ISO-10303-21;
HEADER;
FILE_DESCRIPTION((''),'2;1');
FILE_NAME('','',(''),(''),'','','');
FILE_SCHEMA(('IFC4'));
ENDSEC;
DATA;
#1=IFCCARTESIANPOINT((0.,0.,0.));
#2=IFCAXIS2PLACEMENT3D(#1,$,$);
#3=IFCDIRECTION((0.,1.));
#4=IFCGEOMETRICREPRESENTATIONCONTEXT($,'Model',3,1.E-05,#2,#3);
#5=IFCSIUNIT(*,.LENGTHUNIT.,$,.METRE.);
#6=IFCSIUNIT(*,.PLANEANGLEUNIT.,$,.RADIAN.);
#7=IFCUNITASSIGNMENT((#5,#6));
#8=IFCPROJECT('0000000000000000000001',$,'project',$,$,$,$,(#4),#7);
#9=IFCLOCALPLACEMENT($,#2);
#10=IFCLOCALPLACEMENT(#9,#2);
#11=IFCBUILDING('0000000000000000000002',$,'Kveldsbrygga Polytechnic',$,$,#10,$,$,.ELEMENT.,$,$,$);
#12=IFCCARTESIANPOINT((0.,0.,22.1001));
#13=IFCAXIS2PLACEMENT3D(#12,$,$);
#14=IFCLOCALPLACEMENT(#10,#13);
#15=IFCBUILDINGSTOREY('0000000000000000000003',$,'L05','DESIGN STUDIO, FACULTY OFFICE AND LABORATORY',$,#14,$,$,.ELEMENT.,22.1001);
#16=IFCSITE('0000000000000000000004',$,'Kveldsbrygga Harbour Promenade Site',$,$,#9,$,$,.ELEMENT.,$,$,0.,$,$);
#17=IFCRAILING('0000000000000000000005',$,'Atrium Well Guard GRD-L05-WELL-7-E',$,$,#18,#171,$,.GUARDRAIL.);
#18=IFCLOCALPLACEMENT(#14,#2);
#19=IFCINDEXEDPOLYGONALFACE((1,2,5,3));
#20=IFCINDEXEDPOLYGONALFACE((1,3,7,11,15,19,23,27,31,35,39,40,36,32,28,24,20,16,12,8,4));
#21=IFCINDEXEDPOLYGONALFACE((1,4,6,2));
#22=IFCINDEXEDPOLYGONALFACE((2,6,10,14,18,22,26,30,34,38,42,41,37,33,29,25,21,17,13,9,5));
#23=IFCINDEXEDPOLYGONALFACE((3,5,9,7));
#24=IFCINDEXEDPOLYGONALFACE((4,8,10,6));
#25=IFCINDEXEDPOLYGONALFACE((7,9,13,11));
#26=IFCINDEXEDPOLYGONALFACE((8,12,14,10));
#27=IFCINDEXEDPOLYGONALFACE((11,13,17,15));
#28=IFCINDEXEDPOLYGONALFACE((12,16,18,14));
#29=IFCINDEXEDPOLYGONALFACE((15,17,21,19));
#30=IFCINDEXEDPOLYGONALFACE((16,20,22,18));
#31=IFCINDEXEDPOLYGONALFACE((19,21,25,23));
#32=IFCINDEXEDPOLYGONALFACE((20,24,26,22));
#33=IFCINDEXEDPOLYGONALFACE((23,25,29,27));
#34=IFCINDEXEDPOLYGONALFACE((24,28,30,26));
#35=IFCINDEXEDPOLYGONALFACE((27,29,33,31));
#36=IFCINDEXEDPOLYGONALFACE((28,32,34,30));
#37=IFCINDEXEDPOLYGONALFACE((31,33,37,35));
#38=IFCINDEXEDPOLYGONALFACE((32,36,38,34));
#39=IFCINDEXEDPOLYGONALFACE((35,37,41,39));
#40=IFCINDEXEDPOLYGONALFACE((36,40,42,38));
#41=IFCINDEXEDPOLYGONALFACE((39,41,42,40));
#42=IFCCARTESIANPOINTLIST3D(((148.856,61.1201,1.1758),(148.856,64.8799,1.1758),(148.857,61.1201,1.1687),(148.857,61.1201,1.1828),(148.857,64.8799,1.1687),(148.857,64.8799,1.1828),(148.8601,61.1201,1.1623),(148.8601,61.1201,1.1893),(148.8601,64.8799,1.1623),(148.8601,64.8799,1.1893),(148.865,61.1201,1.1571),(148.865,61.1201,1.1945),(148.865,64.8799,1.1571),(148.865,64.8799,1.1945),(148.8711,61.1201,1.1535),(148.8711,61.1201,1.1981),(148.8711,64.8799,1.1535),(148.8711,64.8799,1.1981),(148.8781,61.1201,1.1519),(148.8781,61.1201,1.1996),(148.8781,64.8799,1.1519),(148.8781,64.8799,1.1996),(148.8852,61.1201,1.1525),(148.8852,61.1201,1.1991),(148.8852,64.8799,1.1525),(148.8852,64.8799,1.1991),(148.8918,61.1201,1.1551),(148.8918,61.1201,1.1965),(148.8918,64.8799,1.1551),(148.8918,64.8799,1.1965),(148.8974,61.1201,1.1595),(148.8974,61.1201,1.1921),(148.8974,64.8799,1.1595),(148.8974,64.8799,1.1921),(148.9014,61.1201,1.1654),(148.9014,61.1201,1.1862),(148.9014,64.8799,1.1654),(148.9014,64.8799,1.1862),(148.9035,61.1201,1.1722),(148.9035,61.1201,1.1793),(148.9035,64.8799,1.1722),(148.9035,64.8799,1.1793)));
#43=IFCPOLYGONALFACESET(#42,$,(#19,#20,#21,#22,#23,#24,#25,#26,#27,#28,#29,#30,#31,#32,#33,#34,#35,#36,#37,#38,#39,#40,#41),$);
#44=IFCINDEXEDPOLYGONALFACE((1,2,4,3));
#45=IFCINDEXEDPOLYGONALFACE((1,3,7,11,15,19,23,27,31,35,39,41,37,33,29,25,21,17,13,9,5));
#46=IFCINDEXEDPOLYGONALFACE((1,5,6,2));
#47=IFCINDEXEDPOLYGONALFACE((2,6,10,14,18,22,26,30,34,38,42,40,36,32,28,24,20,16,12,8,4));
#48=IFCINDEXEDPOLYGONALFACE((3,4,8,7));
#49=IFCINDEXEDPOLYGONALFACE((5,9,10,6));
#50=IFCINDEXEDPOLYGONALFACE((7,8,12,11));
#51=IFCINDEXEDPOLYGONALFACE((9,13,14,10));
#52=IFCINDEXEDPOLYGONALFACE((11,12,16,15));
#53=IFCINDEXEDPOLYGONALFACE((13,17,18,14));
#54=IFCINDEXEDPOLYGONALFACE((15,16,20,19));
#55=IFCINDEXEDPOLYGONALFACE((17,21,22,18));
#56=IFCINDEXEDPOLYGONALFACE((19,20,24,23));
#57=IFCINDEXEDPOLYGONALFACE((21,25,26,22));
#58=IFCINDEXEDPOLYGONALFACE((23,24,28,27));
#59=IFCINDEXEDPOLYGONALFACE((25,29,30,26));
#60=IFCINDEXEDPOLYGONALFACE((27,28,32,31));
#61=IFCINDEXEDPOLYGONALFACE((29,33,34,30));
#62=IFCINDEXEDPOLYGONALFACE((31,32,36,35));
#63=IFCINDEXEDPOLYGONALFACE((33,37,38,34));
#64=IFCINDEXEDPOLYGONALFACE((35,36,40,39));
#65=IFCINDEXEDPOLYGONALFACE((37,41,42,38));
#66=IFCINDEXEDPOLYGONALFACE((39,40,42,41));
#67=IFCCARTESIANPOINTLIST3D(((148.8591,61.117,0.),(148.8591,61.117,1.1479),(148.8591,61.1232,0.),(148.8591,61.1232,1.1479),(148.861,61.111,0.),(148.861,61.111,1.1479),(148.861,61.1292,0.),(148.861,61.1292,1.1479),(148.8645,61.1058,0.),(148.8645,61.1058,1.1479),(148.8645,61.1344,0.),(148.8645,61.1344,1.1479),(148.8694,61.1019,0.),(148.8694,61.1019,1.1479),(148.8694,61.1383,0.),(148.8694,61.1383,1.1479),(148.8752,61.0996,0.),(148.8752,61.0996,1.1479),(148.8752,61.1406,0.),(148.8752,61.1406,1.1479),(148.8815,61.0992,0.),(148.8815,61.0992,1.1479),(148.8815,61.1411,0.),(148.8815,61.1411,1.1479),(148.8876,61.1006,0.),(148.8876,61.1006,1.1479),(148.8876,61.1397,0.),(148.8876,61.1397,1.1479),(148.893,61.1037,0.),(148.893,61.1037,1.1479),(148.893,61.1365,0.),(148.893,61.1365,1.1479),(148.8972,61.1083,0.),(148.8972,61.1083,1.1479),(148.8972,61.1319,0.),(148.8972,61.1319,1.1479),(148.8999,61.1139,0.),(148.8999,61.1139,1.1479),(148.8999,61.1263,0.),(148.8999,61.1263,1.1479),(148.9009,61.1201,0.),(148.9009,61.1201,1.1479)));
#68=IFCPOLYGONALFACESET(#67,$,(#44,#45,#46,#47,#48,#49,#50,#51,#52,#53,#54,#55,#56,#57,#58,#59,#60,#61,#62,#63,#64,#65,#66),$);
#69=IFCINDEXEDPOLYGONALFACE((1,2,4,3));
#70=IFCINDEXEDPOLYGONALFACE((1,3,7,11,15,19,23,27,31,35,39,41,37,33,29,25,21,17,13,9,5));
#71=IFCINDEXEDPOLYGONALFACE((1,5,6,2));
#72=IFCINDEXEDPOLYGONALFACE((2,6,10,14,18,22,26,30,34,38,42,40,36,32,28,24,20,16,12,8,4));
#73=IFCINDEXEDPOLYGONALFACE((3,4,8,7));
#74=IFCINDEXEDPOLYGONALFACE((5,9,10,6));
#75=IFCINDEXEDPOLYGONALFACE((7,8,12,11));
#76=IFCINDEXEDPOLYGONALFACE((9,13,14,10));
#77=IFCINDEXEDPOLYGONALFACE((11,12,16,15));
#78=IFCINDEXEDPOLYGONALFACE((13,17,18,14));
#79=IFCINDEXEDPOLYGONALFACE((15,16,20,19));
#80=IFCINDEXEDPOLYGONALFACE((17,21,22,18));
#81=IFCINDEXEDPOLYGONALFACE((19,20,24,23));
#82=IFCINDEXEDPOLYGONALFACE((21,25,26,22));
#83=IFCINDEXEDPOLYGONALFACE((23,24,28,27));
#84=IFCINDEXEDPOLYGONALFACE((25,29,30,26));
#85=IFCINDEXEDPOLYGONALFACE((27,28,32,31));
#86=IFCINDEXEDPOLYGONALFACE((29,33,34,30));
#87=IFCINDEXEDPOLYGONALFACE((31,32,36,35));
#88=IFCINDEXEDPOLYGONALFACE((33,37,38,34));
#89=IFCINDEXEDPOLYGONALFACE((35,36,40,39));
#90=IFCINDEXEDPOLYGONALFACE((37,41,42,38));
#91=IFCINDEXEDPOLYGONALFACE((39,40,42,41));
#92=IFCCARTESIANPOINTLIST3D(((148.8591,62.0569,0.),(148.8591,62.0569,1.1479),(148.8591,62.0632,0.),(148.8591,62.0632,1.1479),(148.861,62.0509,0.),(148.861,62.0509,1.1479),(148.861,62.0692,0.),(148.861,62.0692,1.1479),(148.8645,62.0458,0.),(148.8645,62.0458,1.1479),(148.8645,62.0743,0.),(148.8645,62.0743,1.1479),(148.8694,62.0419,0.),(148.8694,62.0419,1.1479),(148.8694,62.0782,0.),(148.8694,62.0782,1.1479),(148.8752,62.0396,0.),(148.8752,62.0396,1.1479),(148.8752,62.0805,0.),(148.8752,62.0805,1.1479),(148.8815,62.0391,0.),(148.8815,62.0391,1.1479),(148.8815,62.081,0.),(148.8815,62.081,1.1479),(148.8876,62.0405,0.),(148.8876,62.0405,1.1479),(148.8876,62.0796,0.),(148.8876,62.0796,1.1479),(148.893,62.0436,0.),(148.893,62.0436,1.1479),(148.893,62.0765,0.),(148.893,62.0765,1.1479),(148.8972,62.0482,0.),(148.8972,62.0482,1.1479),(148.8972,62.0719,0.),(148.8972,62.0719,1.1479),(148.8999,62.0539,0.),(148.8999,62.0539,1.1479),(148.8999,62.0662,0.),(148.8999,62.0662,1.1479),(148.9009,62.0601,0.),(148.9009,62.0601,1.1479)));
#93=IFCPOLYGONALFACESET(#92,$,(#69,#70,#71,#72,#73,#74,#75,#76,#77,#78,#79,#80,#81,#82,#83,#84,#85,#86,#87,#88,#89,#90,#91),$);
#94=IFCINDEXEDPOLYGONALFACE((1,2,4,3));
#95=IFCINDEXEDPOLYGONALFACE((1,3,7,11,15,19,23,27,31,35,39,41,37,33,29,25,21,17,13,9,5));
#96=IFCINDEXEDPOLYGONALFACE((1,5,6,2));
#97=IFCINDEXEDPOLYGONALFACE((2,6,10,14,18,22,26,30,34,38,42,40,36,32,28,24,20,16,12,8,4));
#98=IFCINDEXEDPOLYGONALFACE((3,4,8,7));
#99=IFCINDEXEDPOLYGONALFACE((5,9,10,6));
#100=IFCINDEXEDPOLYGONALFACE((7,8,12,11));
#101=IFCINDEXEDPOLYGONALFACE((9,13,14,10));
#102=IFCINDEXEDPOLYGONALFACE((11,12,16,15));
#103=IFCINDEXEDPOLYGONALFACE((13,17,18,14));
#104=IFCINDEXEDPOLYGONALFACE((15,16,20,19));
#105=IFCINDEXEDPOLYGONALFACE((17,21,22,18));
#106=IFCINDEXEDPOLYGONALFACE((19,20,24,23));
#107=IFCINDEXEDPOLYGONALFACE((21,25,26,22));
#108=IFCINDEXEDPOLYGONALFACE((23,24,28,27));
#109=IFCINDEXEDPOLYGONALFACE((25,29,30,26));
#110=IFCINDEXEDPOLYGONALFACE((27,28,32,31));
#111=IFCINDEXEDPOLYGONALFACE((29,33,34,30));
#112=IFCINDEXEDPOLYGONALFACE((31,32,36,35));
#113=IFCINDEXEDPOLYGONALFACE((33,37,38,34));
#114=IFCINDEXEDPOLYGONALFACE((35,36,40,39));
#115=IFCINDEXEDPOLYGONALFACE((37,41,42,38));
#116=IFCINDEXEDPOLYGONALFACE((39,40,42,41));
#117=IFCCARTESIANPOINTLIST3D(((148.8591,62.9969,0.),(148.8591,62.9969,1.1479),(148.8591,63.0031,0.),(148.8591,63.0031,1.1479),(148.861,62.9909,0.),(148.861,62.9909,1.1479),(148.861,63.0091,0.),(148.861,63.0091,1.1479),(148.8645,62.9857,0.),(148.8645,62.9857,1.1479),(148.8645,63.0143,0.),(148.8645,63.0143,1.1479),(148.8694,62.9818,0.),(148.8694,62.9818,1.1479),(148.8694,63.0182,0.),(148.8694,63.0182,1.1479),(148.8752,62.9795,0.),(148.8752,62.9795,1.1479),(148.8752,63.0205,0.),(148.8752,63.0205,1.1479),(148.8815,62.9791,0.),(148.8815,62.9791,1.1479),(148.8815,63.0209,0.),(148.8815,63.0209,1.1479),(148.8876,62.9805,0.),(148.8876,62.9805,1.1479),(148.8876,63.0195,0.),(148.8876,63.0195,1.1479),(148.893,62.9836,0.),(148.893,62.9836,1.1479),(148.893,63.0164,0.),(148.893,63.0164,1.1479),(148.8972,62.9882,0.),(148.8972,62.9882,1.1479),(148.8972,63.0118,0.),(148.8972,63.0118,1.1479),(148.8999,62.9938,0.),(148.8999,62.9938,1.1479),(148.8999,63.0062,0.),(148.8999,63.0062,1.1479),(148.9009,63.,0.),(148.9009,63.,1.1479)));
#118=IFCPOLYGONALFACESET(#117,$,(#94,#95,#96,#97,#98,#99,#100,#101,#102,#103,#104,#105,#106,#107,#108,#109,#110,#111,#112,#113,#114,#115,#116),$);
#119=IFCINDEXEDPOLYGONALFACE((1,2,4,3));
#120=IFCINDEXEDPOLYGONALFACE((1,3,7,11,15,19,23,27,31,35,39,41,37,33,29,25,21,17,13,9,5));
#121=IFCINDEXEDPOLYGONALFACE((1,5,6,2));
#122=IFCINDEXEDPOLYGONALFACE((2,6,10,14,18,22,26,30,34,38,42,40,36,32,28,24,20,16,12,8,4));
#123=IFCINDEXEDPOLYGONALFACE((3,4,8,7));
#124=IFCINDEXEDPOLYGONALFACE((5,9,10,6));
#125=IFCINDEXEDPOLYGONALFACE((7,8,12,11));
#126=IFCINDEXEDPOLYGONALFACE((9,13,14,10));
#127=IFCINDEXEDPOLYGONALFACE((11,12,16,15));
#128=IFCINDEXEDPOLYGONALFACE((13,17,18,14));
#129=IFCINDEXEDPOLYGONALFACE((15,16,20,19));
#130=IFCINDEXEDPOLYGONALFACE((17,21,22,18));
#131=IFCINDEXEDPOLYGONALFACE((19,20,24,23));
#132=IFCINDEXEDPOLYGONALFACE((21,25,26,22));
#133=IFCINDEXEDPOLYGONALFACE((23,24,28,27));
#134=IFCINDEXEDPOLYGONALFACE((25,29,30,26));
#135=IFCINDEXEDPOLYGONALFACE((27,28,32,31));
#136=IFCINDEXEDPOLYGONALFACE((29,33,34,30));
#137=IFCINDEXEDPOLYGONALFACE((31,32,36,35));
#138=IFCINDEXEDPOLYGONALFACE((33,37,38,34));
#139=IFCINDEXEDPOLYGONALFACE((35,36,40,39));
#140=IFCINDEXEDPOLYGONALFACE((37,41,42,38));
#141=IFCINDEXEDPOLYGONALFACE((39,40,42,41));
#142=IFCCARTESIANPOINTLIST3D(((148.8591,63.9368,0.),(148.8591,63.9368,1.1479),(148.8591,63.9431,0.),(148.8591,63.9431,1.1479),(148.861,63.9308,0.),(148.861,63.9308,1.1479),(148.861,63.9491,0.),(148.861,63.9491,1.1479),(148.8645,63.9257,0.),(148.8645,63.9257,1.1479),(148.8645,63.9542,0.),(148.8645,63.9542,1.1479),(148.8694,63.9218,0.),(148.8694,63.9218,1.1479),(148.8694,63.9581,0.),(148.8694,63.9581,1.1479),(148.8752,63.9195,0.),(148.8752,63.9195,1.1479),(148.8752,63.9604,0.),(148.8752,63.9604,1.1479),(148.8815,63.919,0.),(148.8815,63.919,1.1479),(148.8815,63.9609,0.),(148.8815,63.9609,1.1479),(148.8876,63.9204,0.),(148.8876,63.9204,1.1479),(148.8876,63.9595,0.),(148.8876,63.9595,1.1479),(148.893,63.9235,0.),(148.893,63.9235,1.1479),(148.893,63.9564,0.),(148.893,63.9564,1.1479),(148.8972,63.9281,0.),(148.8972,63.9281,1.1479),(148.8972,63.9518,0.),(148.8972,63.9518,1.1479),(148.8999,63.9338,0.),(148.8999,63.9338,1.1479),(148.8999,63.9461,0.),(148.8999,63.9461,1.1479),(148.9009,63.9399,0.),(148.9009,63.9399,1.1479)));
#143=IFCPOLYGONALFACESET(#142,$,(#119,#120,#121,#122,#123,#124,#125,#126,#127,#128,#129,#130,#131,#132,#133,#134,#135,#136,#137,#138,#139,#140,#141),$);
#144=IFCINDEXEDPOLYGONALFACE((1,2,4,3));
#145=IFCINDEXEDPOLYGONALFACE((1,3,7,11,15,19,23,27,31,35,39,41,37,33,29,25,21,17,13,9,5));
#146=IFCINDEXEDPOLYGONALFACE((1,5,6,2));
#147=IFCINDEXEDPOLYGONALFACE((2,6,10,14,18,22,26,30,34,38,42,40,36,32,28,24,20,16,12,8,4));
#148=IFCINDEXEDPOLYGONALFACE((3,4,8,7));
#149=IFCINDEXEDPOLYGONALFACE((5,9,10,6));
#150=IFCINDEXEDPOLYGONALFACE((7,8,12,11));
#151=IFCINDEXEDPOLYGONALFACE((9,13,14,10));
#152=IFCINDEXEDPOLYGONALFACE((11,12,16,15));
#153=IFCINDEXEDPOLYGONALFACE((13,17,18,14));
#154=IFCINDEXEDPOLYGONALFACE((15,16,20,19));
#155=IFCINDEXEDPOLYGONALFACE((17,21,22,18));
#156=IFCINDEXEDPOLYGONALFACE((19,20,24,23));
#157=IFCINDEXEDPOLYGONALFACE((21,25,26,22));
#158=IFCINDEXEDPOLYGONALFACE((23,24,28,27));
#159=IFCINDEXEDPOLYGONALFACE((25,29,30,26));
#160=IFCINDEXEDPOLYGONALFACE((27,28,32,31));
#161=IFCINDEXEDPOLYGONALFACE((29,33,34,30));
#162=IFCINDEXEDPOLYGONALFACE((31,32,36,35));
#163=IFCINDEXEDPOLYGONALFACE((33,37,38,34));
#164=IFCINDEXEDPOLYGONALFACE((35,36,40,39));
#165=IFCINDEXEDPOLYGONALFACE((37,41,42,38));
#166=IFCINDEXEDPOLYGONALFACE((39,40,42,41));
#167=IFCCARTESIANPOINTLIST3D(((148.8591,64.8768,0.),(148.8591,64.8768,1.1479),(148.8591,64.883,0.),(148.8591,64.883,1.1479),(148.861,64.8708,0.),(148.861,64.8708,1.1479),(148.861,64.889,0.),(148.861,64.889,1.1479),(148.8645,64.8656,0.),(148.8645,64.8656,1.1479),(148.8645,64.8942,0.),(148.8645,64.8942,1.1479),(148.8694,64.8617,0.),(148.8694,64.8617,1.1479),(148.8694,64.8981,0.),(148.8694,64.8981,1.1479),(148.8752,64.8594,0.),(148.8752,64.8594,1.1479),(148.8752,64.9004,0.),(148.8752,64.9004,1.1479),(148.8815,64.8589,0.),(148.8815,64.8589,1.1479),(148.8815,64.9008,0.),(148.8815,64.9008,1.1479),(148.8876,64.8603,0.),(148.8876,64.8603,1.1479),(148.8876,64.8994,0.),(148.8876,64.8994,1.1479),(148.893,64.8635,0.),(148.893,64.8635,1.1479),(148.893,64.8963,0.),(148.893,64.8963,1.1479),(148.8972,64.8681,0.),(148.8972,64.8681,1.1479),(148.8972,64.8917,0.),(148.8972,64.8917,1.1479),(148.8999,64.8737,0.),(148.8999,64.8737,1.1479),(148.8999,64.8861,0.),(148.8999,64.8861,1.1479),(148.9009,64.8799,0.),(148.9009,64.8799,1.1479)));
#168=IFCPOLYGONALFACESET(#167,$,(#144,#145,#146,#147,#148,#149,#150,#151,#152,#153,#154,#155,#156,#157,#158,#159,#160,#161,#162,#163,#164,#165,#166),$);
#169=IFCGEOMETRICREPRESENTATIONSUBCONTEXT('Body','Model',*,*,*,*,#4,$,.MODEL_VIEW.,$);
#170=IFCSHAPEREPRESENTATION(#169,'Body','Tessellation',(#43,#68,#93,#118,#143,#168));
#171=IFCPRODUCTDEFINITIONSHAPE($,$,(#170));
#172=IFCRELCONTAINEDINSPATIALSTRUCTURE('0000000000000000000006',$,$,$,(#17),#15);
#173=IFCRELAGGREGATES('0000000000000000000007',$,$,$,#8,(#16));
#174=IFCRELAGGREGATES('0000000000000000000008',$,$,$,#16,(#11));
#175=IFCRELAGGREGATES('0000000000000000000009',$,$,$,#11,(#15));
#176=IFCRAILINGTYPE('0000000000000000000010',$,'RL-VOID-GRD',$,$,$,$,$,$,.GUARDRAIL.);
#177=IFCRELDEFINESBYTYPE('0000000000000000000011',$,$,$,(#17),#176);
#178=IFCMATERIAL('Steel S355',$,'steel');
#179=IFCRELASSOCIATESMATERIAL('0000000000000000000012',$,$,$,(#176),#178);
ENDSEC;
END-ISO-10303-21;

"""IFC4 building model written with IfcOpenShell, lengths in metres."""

from ifc_helpers import new_model, si_unit, direction, frame, origin, origin_2d, place, context, subcontext, project, spatial, circle, extrude, material, type_object, element, save


model = new_model("IFC4")

# Units and contexts
model_context = context("Model", 3, precision=1e-05, world=origin(), true_north=direction((0.0, 1.0)))
body_context = subcontext(model_context, "Body", "Model", "MODEL_VIEW")
ifc_project = project(units=[si_unit("LENGTHUNIT", "METRE"), si_unit("PLANEANGLEUNIT", "RADIAN")], contexts=[model_context])

# Site, building, storey
site_placement = place(None, origin())
site = spatial("IfcSite", under=ifc_project, at=site_placement, Name="Kveldsbrygga Harbour Promenade Site", CompositionType="ELEMENT", RefElevation=0.0)
building_placement = place(site_placement, origin())
building = spatial("IfcBuilding", under=site, at=building_placement, Name="Kveldsbrygga Polytechnic", CompositionType="ELEMENT")
storey_placement = place(building_placement, frame((0.0, 0.0, 22.1001)))
storey = spatial("IfcBuildingStorey", under=building, at=storey_placement, Name="L05", Description="DESIGN STUDIO, FACULTY OFFICE AND LABORATORY", CompositionType="ELEMENT", Elevation=22.1001)

# Shared definitions
ifc_material_1 = material(Name="Steel S355", Category="steel")

# Railing
railing_type = type_object("IfcRailingType", Name="RL-VOID-GRD", PredefinedType="GUARDRAIL", material=ifc_material_1)
railing_1_placement = place(storey_placement, frame((148.8799, 61.1201, 0.0)))
element("IfcRailing", 1, at=railing_1_placement, inside=storey, type_object=railing_type, Name="Atrium Well Guard GRD-L05-WELL-7-E", PredefinedType="GUARDRAIL", context=body_context, shape_type="SweptSolid", body=[
    extrude(circle(Radius=0.0239, at=origin_2d()), frame((0.0, 0.0, 1.1758), z_axis=(0.0, 1.0, 0.0), x_axis=(-1.0, 0.0, 0.0)), (0.0, 0.0, 1.0), 3.7598),
    extrude(circle(Radius=0.021, at=origin_2d()), origin(), (0.0, 0.0, 1.0), 1.1479),
    extrude(circle(Radius=0.021, at=origin_2d()), frame((0.0, 0.9399, 0.0)), (0.0, 0.0, 1.0), 1.1479),
    extrude(circle(Radius=0.021, at=origin_2d()), frame((0.0, 1.8799, 0.0)), (0.0, 0.0, 1.0), 1.1479),
    extrude(circle(Radius=0.021, at=origin_2d()), frame((0.0, 2.8198, 0.0)), (0.0, 0.0, 1.0), 1.1479),
    extrude(circle(Radius=0.021, at=origin_2d()), frame((0.0, 3.7598, 0.0)), (0.0, 0.0, 1.0), 1.1479),
])

save(model, "model.ifc")
